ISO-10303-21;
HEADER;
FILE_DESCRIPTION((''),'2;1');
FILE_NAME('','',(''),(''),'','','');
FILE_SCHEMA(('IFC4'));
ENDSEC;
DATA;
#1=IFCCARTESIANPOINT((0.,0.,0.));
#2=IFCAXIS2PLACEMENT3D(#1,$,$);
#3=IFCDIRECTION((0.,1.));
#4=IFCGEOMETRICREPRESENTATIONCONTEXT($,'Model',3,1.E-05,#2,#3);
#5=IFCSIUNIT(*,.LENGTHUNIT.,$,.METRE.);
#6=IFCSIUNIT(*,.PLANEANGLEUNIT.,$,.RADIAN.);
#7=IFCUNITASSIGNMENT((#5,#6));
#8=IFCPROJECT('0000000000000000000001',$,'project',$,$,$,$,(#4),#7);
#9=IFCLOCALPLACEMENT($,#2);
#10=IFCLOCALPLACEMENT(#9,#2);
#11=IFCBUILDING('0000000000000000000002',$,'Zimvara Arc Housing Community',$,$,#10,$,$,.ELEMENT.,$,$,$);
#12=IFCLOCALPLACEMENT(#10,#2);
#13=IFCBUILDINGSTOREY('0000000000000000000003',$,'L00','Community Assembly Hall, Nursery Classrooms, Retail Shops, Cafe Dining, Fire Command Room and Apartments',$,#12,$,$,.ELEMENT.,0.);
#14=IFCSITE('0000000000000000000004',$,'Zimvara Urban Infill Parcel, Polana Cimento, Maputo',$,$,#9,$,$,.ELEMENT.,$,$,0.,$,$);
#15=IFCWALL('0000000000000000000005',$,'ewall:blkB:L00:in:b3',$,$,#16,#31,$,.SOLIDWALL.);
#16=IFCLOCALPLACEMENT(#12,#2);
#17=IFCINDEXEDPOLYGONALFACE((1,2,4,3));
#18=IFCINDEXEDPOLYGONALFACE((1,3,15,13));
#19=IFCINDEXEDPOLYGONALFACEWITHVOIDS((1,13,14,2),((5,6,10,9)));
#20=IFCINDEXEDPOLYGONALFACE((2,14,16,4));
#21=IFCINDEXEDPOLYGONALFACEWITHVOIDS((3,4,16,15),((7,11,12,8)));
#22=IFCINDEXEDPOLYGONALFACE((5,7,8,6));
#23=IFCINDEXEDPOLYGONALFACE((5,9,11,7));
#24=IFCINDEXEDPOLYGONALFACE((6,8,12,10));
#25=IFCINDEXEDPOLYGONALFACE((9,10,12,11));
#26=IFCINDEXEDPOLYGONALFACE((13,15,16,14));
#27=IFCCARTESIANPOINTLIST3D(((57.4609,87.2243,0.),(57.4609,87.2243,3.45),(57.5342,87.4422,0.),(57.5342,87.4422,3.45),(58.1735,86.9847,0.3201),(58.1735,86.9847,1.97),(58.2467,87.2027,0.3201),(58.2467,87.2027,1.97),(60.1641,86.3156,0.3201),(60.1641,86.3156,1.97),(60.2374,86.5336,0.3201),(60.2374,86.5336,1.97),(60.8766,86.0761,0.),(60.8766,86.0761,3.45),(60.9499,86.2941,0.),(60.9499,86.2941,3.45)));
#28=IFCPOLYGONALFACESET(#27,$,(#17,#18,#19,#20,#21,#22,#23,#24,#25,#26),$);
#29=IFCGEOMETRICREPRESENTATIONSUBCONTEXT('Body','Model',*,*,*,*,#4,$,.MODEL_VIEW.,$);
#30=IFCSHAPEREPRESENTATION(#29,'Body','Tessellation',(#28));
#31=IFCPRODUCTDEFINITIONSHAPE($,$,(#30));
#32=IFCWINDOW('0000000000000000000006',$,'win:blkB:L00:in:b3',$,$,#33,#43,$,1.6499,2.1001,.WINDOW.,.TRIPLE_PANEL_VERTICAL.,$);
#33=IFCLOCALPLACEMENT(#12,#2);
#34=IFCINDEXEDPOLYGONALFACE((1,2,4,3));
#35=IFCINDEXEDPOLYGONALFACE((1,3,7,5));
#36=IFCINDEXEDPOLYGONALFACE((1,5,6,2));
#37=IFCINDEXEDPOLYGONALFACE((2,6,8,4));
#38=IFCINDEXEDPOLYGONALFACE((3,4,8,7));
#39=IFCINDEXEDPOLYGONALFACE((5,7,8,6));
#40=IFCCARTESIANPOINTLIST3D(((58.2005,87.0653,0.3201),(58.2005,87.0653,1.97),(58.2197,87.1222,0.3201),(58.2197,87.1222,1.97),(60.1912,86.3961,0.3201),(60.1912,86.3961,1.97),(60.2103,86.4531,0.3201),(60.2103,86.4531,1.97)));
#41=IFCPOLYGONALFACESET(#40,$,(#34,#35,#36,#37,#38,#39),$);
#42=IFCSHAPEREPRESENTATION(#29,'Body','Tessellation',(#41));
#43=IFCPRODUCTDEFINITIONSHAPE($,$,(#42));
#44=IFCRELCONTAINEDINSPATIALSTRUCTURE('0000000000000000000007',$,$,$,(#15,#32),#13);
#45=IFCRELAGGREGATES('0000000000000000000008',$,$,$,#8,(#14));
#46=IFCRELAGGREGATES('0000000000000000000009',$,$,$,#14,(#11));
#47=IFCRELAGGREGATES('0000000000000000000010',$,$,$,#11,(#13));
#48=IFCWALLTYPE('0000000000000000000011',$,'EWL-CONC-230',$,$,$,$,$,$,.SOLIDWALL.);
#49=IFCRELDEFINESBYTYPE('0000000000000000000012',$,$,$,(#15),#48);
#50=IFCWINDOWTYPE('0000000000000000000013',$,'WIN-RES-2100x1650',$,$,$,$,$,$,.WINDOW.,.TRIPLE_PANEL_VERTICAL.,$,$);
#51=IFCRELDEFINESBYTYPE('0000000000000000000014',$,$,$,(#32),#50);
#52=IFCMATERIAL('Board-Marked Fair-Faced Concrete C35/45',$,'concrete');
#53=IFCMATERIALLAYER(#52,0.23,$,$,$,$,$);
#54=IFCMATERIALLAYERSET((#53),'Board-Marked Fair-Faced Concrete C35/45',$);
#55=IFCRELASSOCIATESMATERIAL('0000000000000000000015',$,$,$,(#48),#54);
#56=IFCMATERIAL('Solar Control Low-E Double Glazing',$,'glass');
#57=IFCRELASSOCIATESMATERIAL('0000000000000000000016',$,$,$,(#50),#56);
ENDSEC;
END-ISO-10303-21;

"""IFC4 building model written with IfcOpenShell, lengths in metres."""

from ifc_helpers import new_model, si_unit, direction, frame, frame_2d, origin, place, context, subcontext, project, spatial, rectangle, extrude, material, layer, layer_set, type_object, element, fill, save


model = new_model("IFC4")

# Units and contexts
model_context = context("Model", 3, precision=1e-05, world=origin(), true_north=direction((0.0, 1.0)))
body_context = subcontext(model_context, "Body", "Model", "MODEL_VIEW")
ifc_project = project(units=[si_unit("LENGTHUNIT", "METRE"), si_unit("PLANEANGLEUNIT", "RADIAN")], contexts=[model_context])

# Site, building, storey
site_placement = place(None, origin())
site = spatial("IfcSite", under=ifc_project, at=site_placement, Name="Zimvara Urban Infill Parcel, Polana Cimento, Maputo", CompositionType="ELEMENT", RefElevation=0.0)
building_placement = place(site_placement, origin())
building = spatial("IfcBuilding", under=site, at=building_placement, Name="Zimvara Arc Housing Community", CompositionType="ELEMENT")
storey_placement = place(building_placement, origin())
storey = spatial("IfcBuildingStorey", under=building, at=storey_placement, Name="L00", Description="Community Assembly Hall, Nursery Classrooms, Retail Shops, Cafe Dining, Fire Command Room and Apartments", CompositionType="ELEMENT", Elevation=0.0)

# Wall, opening, window
ifc_material_1 = material(Name="Board-Marked Fair-Faced Concrete C35/45", Category="concrete")
ifc_layer = layer(ifc_material_1, 0.23)
ifc_layer_set = layer_set([ifc_layer], Name="Board-Marked Fair-Faced Concrete C35/45")
wall_type = type_object("IfcWallType", Name="EWL-CONC-230", PredefinedType="SOLIDWALL", material=ifc_layer_set)
ifc_material_2 = material(Name="Solar Control Low-E Double Glazing", Category="glass")
window_type = type_object("IfcWindowType", Name="WIN-RES-2100x1650", PartitioningType="TRIPLE_PANEL_VERTICAL", PredefinedType="WINDOW", material=ifc_material_2)
wall_1_placement = place(storey_placement, frame((57.4976, 87.3333, 0.0), z_axis=(0.0, 0.0, 1.0), x_axis=(0.947881, -0.318625, 0.0)))
wall_1 = element("IfcWall", 1, at=wall_1_placement, inside=storey, type_object=wall_type, Name="ewall:blkB:L00:in:b3", PredefinedType="SOLIDWALL", context=body_context, shape_type="SweptSolid", body=[
    extrude(rectangle(XDim=3.6035, YDim=0.23, at=frame_2d((1.8018, 0.0))), origin(), (0.0, 0.0, 1.0), 3.45),
])
opening_1_placement = place(wall_1_placement, frame((0.7517, 0.0, 0.3201)))
opening_1 = element("IfcOpeningElement", 2, at=opening_1_placement, cuts=wall_1, PredefinedType="OPENING", context=body_context, shape_type="SweptSolid", body=[
    extrude(rectangle(XDim=2.1001, YDim=1.6499, at=frame_2d((1.05, 0.825))), frame((0.0, 0.125, 0.0), z_axis=(0.0, -1.0, 0.0), x_axis=(1.0, 0.0, 0.0)), (0.0, 0.0, 1.0), 0.25),
])
window_1_placement = place(opening_1_placement, origin())
window_1 = element("IfcWindow", 3, at=window_1_placement, inside=storey, type_object=window_type, Name="win:blkB:L00:in:b3", OverallHeight=1.6499, OverallWidth=2.1001, PartitioningType="TRIPLE_PANEL_VERTICAL", PredefinedType="WINDOW", context=body_context, shape_type="SweptSolid", body=[
    extrude(rectangle(XDim=2.1001, YDim=1.6499, at=frame_2d((1.05, 0.825))), frame((0.0, 0.03, 0.0), z_axis=(0.0, -1.0, 0.0), x_axis=(1.0, 0.0, 0.0)), (0.0, 0.0, 1.0), 0.0601),
])
fill(opening_1, window_1)

save(model, "model.ifc")
